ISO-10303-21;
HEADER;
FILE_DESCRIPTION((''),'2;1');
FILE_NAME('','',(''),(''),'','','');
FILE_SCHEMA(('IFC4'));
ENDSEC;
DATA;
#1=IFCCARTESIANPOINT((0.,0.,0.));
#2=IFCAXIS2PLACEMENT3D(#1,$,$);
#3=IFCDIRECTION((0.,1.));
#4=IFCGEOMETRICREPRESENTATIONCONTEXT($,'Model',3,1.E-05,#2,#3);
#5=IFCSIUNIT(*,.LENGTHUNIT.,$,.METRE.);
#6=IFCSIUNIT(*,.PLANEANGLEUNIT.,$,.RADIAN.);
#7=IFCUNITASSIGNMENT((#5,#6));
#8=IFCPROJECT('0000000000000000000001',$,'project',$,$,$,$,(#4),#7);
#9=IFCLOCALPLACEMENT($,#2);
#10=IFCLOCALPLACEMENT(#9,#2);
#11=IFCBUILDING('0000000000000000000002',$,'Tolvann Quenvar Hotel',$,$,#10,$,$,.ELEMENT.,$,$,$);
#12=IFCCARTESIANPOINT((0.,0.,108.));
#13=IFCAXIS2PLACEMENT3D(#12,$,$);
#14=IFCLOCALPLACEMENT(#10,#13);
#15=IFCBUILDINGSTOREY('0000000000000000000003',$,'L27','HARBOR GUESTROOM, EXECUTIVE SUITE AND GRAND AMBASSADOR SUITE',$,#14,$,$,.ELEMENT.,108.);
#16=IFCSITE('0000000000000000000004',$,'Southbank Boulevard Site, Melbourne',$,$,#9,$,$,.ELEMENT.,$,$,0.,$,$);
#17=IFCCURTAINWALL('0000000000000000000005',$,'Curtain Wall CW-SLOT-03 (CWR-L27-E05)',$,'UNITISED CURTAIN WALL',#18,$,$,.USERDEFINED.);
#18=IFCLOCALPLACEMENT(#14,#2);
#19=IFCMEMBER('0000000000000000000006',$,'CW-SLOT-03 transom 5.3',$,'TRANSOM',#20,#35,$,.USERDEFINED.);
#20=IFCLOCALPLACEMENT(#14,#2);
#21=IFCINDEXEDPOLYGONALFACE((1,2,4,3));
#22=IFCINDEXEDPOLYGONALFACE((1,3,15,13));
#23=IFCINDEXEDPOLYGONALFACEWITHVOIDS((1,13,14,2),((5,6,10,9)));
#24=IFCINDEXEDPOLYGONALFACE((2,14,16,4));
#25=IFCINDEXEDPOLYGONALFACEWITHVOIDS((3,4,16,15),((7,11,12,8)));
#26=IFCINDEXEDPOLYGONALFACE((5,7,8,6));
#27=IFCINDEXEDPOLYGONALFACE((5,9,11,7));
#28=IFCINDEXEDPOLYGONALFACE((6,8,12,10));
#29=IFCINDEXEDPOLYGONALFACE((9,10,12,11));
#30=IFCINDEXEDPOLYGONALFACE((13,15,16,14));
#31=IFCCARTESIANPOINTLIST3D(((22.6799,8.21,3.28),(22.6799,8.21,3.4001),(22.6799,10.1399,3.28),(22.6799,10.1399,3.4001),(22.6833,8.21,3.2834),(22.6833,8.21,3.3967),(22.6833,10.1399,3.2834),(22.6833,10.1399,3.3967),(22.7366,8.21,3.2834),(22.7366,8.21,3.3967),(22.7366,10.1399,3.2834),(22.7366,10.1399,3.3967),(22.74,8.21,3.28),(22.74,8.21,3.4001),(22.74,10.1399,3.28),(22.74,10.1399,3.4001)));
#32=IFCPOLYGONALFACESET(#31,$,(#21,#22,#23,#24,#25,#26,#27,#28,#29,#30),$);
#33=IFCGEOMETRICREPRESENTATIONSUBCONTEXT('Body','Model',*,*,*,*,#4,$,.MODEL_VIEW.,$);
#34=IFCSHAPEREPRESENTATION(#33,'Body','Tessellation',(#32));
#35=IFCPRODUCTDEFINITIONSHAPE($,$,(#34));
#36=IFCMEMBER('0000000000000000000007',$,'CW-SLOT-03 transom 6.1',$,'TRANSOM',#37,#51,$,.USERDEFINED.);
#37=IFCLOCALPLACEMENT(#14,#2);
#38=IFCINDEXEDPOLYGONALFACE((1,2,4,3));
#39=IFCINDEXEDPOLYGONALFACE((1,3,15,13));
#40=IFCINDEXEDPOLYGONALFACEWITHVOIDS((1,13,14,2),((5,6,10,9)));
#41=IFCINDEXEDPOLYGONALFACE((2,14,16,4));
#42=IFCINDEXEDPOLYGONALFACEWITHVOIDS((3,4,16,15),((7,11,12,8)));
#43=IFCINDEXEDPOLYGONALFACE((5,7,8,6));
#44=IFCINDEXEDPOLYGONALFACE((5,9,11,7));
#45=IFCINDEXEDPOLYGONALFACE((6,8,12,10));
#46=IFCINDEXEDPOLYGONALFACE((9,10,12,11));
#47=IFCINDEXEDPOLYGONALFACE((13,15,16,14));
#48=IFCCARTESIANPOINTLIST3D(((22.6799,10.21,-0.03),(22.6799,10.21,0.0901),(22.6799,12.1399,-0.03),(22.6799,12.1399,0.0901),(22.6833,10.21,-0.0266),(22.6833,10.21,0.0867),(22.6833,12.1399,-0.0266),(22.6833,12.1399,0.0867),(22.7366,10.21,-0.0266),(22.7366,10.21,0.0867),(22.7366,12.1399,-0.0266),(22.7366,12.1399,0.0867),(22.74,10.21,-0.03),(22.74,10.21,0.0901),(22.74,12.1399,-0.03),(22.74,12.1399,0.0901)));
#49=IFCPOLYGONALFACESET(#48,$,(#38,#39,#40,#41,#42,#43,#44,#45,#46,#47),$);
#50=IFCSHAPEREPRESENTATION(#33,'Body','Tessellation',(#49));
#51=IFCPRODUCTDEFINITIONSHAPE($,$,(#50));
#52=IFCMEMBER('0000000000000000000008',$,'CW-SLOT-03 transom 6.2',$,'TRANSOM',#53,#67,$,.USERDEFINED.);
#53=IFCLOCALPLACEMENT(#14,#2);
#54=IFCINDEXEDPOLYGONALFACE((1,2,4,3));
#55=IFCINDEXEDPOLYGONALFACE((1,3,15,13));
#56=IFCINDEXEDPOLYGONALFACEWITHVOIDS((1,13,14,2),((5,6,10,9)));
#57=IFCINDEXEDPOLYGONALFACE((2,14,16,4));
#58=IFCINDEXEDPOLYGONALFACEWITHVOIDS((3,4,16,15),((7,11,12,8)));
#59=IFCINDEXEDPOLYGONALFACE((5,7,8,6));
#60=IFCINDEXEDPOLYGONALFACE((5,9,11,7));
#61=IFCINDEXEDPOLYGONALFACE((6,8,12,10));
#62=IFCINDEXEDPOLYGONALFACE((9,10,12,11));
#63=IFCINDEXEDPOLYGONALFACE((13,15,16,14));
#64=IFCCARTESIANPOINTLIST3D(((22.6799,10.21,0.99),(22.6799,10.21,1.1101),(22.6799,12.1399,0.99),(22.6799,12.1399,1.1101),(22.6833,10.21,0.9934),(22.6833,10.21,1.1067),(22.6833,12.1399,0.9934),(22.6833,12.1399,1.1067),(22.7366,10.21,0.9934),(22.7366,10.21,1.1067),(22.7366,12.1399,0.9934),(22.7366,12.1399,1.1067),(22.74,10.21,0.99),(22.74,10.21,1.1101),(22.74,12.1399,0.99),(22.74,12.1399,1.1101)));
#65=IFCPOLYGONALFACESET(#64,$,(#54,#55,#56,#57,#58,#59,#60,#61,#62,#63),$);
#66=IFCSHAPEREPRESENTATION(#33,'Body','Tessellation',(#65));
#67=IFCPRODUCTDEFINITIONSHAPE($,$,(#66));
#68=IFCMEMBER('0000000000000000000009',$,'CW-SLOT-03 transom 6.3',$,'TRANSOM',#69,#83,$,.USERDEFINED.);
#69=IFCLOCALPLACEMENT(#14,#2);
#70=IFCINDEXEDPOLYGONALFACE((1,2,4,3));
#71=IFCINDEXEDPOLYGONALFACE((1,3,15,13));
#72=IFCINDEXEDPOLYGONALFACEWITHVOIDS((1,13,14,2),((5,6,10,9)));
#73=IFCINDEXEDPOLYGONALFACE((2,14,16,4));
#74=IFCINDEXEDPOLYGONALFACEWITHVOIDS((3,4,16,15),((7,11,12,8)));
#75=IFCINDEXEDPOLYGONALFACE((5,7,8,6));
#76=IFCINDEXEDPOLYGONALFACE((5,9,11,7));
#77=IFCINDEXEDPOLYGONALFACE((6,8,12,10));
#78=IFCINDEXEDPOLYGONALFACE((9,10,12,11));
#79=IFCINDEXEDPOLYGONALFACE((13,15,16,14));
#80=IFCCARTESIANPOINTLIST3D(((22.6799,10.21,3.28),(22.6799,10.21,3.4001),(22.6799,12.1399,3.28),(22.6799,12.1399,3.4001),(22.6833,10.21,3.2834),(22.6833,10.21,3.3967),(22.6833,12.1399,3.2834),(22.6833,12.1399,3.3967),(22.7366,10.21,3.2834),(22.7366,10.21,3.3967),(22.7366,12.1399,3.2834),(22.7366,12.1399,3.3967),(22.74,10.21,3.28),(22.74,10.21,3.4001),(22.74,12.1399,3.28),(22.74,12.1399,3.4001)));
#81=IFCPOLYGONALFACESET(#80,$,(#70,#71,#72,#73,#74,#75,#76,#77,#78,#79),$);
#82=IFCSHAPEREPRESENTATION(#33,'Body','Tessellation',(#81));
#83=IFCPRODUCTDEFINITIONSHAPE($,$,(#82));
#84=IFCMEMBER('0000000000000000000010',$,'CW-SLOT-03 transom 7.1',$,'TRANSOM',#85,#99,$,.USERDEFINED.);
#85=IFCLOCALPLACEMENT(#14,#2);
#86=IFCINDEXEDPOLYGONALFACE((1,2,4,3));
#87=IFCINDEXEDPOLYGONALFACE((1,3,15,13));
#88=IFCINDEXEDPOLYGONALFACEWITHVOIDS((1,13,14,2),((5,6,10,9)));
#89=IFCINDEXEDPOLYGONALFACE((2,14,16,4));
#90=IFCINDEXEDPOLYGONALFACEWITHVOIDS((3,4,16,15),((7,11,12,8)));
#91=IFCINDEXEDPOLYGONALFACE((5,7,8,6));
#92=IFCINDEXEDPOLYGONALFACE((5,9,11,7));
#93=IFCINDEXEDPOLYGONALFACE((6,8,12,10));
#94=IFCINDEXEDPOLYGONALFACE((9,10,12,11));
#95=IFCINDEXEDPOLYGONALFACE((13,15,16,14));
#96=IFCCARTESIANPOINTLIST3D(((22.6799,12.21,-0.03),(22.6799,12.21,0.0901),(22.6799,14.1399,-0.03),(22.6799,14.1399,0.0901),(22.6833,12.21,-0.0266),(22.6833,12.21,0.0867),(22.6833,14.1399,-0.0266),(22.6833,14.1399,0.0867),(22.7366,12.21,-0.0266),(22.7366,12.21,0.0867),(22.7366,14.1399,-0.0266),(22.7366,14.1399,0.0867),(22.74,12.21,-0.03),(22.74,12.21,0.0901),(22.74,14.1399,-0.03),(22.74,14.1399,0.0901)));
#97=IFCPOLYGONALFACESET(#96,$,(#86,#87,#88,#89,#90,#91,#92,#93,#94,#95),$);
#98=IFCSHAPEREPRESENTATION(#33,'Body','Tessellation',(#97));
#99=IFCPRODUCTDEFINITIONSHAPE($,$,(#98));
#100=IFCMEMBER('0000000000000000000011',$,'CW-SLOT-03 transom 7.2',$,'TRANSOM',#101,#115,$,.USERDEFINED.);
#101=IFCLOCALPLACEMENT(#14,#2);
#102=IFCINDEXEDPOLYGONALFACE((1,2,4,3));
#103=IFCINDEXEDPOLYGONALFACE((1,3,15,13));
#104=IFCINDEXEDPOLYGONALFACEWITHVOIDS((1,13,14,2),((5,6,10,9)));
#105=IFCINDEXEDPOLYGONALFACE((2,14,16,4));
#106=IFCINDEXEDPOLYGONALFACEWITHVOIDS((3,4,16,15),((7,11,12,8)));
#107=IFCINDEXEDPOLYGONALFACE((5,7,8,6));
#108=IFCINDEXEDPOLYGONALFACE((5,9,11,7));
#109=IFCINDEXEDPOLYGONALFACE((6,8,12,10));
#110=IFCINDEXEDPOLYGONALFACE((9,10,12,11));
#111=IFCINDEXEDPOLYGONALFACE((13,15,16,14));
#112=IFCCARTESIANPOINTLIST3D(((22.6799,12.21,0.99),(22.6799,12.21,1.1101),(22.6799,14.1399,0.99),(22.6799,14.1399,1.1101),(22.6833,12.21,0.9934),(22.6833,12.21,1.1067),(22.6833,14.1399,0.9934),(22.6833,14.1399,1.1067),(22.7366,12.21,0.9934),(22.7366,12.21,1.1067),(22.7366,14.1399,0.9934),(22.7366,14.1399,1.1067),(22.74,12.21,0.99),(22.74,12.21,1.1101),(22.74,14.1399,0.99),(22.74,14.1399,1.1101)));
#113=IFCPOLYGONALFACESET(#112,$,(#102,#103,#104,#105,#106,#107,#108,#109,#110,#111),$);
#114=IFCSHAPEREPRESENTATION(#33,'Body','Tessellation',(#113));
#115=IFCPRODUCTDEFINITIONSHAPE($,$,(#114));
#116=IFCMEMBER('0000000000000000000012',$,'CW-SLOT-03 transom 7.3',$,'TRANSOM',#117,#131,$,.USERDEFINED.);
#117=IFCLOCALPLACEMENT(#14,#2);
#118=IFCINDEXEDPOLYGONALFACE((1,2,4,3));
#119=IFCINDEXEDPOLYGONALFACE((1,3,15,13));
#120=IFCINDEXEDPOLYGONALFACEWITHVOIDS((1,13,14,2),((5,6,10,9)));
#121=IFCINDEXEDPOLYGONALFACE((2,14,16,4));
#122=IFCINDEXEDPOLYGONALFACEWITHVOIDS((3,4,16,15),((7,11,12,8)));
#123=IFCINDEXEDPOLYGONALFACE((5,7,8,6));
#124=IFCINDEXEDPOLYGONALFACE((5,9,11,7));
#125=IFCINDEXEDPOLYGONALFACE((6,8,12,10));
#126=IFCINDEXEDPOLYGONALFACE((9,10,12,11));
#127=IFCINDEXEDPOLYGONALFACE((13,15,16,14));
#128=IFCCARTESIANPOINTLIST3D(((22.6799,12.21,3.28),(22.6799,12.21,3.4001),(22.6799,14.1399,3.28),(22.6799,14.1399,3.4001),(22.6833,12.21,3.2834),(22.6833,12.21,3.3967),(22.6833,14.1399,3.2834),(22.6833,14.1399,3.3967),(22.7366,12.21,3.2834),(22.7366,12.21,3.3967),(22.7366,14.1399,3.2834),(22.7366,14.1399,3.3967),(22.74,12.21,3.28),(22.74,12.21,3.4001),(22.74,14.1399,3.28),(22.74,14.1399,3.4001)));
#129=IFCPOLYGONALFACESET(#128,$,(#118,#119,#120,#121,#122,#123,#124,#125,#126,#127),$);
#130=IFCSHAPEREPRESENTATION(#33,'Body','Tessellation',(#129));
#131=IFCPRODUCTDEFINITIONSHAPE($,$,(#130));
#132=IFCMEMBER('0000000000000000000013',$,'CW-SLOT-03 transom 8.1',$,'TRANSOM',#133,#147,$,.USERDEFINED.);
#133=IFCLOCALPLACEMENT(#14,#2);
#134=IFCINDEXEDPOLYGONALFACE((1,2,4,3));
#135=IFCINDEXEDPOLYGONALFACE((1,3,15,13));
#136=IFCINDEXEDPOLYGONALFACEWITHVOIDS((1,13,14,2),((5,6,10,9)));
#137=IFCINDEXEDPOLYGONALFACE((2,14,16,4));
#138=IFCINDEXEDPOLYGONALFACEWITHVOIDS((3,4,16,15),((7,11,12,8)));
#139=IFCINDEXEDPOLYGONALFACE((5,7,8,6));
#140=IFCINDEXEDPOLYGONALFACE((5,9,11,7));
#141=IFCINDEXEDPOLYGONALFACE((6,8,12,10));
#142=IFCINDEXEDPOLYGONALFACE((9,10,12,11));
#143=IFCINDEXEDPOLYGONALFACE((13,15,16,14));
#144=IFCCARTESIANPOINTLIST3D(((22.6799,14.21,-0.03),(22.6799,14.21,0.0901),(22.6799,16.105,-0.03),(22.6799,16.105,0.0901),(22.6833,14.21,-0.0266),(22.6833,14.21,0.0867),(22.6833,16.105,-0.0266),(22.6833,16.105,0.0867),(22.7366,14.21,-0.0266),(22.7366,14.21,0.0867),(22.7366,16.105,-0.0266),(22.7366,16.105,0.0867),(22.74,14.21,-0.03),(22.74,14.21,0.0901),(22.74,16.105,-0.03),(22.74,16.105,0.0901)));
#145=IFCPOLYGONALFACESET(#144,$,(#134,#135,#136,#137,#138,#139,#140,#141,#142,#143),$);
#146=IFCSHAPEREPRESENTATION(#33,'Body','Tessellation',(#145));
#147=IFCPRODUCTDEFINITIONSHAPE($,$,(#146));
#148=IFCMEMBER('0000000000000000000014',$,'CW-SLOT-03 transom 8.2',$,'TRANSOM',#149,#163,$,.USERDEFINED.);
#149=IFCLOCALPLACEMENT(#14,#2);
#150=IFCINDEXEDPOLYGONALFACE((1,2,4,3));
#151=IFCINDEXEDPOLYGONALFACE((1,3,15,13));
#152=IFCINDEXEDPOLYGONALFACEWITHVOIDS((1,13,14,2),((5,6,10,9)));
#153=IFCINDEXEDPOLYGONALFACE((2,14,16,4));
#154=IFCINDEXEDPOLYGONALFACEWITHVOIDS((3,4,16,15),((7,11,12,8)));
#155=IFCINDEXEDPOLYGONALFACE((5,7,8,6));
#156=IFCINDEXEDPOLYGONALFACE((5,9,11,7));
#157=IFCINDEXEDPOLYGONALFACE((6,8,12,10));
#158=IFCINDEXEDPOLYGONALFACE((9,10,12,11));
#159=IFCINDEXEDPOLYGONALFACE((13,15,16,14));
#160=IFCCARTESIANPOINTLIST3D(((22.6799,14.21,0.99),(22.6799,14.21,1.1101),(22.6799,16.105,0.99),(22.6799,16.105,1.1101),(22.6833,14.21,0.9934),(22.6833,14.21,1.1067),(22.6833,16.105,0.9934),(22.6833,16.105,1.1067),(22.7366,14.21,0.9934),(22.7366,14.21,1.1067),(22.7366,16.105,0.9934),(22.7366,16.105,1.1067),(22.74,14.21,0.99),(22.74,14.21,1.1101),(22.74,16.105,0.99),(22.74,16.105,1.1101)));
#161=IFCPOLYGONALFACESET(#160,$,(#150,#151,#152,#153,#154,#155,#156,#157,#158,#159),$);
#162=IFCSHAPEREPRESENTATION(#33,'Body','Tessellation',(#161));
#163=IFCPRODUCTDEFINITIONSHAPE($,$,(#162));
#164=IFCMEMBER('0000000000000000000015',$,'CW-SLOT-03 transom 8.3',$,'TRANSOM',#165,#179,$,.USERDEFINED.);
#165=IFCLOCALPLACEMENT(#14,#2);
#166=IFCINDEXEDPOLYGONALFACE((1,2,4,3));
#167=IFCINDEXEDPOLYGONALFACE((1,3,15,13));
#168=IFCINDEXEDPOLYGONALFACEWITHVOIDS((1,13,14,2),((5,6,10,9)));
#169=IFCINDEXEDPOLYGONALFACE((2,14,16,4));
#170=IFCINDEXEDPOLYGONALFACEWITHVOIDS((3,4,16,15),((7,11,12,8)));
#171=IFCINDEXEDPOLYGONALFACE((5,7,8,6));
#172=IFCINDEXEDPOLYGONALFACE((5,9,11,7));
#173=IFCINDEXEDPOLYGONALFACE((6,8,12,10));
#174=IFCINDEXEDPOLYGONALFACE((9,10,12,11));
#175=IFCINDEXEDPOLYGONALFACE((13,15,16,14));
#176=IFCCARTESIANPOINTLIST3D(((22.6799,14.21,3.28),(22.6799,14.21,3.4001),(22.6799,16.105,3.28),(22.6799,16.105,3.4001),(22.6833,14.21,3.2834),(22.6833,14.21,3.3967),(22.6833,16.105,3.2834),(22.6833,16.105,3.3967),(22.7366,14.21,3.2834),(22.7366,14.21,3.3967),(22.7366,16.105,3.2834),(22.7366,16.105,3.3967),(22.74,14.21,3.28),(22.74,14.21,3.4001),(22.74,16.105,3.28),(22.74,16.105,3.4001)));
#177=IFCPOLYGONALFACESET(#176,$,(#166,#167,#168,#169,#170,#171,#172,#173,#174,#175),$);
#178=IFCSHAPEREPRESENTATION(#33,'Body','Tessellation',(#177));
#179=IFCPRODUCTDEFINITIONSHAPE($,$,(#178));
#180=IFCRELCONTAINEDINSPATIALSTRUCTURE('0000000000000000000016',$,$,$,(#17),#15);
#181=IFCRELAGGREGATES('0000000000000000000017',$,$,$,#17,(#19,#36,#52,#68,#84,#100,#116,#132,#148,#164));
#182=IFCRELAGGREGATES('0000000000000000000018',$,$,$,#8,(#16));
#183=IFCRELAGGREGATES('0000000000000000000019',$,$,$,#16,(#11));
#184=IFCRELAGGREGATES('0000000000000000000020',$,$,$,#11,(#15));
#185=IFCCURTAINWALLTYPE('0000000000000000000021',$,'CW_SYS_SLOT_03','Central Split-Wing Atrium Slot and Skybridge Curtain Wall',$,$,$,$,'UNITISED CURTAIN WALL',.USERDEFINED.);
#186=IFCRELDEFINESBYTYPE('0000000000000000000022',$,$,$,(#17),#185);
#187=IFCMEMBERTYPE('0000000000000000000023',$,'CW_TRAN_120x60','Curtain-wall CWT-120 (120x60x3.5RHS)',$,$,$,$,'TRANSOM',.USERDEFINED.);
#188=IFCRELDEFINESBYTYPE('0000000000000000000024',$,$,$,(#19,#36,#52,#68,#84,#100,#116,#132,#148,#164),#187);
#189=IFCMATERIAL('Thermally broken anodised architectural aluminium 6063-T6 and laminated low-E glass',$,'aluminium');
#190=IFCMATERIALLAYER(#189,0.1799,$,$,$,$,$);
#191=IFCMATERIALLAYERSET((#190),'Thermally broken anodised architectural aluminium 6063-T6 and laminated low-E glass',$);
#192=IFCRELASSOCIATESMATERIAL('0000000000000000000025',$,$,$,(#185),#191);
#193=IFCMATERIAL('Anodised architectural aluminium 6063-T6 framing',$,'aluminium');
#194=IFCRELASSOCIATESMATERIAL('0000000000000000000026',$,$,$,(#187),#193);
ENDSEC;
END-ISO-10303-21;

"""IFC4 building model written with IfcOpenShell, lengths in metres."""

from ifc_helpers import new_model, si_unit, direction, frame, origin, origin_2d, place, context, subcontext, project, spatial, hollow_rectangle, extrude, source, transform, mapped, material, layer, layer_set, material_profile, profile_set, type_object, type_shapes, element, aggregate, save


model = new_model("IFC4")

# Units and contexts
model_context = context("Model", 3, precision=1e-05, world=origin(), true_north=direction((0.0, 1.0)))
body_context = subcontext(model_context, "Body", "Model", "MODEL_VIEW")
ifc_project = project(units=[si_unit("LENGTHUNIT", "METRE"), si_unit("PLANEANGLEUNIT", "RADIAN")], contexts=[model_context])

# Site, building, storey
site_placement = place(None, origin())
site = spatial("IfcSite", under=ifc_project, at=site_placement, Name="Southbank Boulevard Site, Melbourne", CompositionType="ELEMENT", RefElevation=0.0)
building_placement = place(site_placement, origin())
building = spatial("IfcBuilding", under=site, at=building_placement, Name="Tolvann Quenvar Hotel", CompositionType="ELEMENT")
storey_placement = place(building_placement, frame((0.0, 0.0, 108.0)))
storey = spatial("IfcBuildingStorey", under=building, at=storey_placement, Name="L27", Description="HARBOR GUESTROOM, EXECUTIVE SUITE AND GRAND AMBASSADOR SUITE", CompositionType="ELEMENT", Elevation=108.0)

# Curtain wall, members
ifc_material_1 = material(Name="Thermally broken anodised architectural aluminium 6063-T6 and laminated low-E glass", Category="aluminium")
ifc_layer_1 = layer(ifc_material_1, 0.1799)
ifc_layer_set_1 = layer_set([ifc_layer_1], Name="Thermally broken anodised architectural aluminium 6063-T6 and laminated low-E glass")
curtain_wall_type = type_object("IfcCurtainWallType", Name="CW_SYS_SLOT_03", Description="Central Split-Wing Atrium Slot and Skybridge Curtain Wall", ElementType="UNITISED CURTAIN WALL", PredefinedType="USERDEFINED", material=ifc_layer_set_1)
curtain_wall_placement = place(storey_placement, origin())
curtain_wall = element("IfcCurtainWall", 1, at=curtain_wall_placement, inside=storey, type_object=curtain_wall_type, Name="Curtain Wall CW-SLOT-03 (CWR-L27-E05)", ObjectType="UNITISED CURTAIN WALL", PredefinedType="USERDEFINED")
ifc_material_2 = material(Name="Anodised architectural aluminium 6063-T6 framing", Category="aluminium")
ifc_material_profile_1 = material_profile(ifc_material_2, hollow_rectangle(XDim=0.0601, YDim=0.1201, WallThickness=0.0034, at=origin_2d()), Name="120x60x3.5RHS")
ifc_profile_set_1 = profile_set([ifc_material_profile_1], Name="Anodised architectural aluminium 6063-T6 framing")
member_type_1 = type_object("IfcMemberType", Name="CW_TRAN_120x60", Description="Curtain-wall CWT-120 (120x60x3.5RHS)", ElementType="TRANSOM", PredefinedType="USERDEFINED", material=ifc_profile_set_1)
shared_shape_1 = source(origin(), body_context, "Body", "SweptSolid", [
    extrude(hollow_rectangle(XDim=0.0601, YDim=0.1201, WallThickness=0.0034, at=origin_2d()), origin(), (0.0, 0.0, 1.0), 1.9299),
])
member_1_placement = place(storey_placement, frame((22.71, 8.21, 3.3401), z_axis=(0.0, 1.0, 0.0), x_axis=(-1.0, 0.0, 0.0)))
member_1 = element("IfcMember", 2, at=member_1_placement, type_object=member_type_1, Name="CW-SLOT-03 transom 5.3", ObjectType="TRANSOM", PredefinedType="USERDEFINED", context=body_context, shape_type="MappedRepresentation", body=[
    mapped(shared_shape_1, transform((0.0, 0.0, 0.0), x_axis=(1.0, 0.0, 0.0), y_axis=(0.0, 1.0, 0.0), z_axis=(0.0, 0.0, 1.0), scale=1.0)),
])
member_2_placement = place(storey_placement, frame((22.71, 10.21, 0.03), z_axis=(0.0, 1.0, 0.0), x_axis=(-1.0, 0.0, 0.0)))
member_2 = element("IfcMember", 3, at=member_2_placement, type_object=member_type_1, Name="CW-SLOT-03 transom 6.1", ObjectType="TRANSOM", PredefinedType="USERDEFINED", context=body_context, shape_type="MappedRepresentation", body=[
    mapped(shared_shape_1, transform((0.0, 0.0, 0.0), x_axis=(1.0, 0.0, 0.0), y_axis=(0.0, 1.0, 0.0), z_axis=(0.0, 0.0, 1.0), scale=1.0)),
])
member_3_placement = place(storey_placement, frame((22.71, 10.21, 1.05), z_axis=(0.0, 1.0, 0.0), x_axis=(-1.0, 0.0, 0.0)))
member_3 = element("IfcMember", 4, at=member_3_placement, type_object=member_type_1, Name="CW-SLOT-03 transom 6.2", ObjectType="TRANSOM", PredefinedType="USERDEFINED", context=body_context, shape_type="MappedRepresentation", body=[
    mapped(shared_shape_1, transform((0.0, 0.0, 0.0), x_axis=(1.0, 0.0, 0.0), y_axis=(0.0, 1.0, 0.0), z_axis=(0.0, 0.0, 1.0), scale=1.0)),
])
member_4_placement = place(storey_placement, frame((22.71, 10.21, 3.3401), z_axis=(0.0, 1.0, 0.0), x_axis=(-1.0, 0.0, 0.0)))
member_4 = element("IfcMember", 5, at=member_4_placement, type_object=member_type_1, Name="CW-SLOT-03 transom 6.3", ObjectType="TRANSOM", PredefinedType="USERDEFINED", context=body_context, shape_type="MappedRepresentation", body=[
    mapped(shared_shape_1, transform((0.0, 0.0, 0.0), x_axis=(1.0, 0.0, 0.0), y_axis=(0.0, 1.0, 0.0), z_axis=(0.0, 0.0, 1.0), scale=1.0)),
])
member_5_placement = place(storey_placement, frame((22.71, 12.21, 0.03), z_axis=(0.0, 1.0, 0.0), x_axis=(-1.0, 0.0, 0.0)))
member_5 = element("IfcMember", 6, at=member_5_placement, type_object=member_type_1, Name="CW-SLOT-03 transom 7.1", ObjectType="TRANSOM", PredefinedType="USERDEFINED", context=body_context, shape_type="MappedRepresentation", body=[
    mapped(shared_shape_1, transform((0.0, 0.0, 0.0), x_axis=(1.0, 0.0, 0.0), y_axis=(0.0, 1.0, 0.0), z_axis=(0.0, 0.0, 1.0), scale=1.0)),
])
member_6_placement = place(storey_placement, frame((22.71, 12.21, 1.05), z_axis=(0.0, 1.0, 0.0), x_axis=(-1.0, 0.0, 0.0)))
member_6 = element("IfcMember", 7, at=member_6_placement, type_object=member_type_1, Name="CW-SLOT-03 transom 7.2", ObjectType="TRANSOM", PredefinedType="USERDEFINED", context=body_context, shape_type="MappedRepresentation", body=[
    mapped(shared_shape_1, transform((0.0, 0.0, 0.0), x_axis=(1.0, 0.0, 0.0), y_axis=(0.0, 1.0, 0.0), z_axis=(0.0, 0.0, 1.0), scale=1.0)),
])
member_7_placement = place(storey_placement, frame((22.71, 12.21, 3.3401), z_axis=(0.0, 1.0, 0.0), x_axis=(-1.0, 0.0, 0.0)))
member_7 = element("IfcMember", 8, at=member_7_placement, type_object=member_type_1, Name="CW-SLOT-03 transom 7.3", ObjectType="TRANSOM", PredefinedType="USERDEFINED", context=body_context, shape_type="MappedRepresentation", body=[
    mapped(shared_shape_1, transform((0.0, 0.0, 0.0), x_axis=(1.0, 0.0, 0.0), y_axis=(0.0, 1.0, 0.0), z_axis=(0.0, 0.0, 1.0), scale=1.0)),
])
shared_shape_2 = source(origin(), body_context, "Body", "SweptSolid", [
    extrude(hollow_rectangle(XDim=0.0601, YDim=0.1201, WallThickness=0.0034, at=origin_2d()), origin(), (0.0, 0.0, 1.0), 1.895),
])
type_shapes(member_type_1, [shared_shape_1, shared_shape_2])
member_8_placement = place(storey_placement, frame((22.71, 14.21, 0.03), z_axis=(0.0, 1.0, 0.0), x_axis=(-1.0, 0.0, 0.0)))
member_8 = element("IfcMember", 9, at=member_8_placement, type_object=member_type_1, Name="CW-SLOT-03 transom 8.1", ObjectType="TRANSOM", PredefinedType="USERDEFINED", context=body_context, shape_type="MappedRepresentation", body=[
    mapped(shared_shape_2, transform((0.0, 0.0, 0.0), x_axis=(1.0, 0.0, 0.0), y_axis=(0.0, 1.0, 0.0), z_axis=(0.0, 0.0, 1.0), scale=1.0)),
])
member_9_placement = place(storey_placement, frame((22.71, 14.21, 1.05), z_axis=(0.0, 1.0, 0.0), x_axis=(-1.0, 0.0, 0.0)))
member_9 = element("IfcMember", 10, at=member_9_placement, type_object=member_type_1, Name="CW-SLOT-03 transom 8.2", ObjectType="TRANSOM", PredefinedType="USERDEFINED", context=body_context, shape_type="MappedRepresentation", body=[
    mapped(shared_shape_2, transform((0.0, 0.0, 0.0), x_axis=(1.0, 0.0, 0.0), y_axis=(0.0, 1.0, 0.0), z_axis=(0.0, 0.0, 1.0), scale=1.0)),
])
member_10_placement = place(storey_placement, frame((22.71, 14.21, 3.3401), z_axis=(0.0, 1.0, 0.0), x_axis=(-1.0, 0.0, 0.0)))
member_10 = element("IfcMember", 11, at=member_10_placement, type_object=member_type_1, Name="CW-SLOT-03 transom 8.3", ObjectType="TRANSOM", PredefinedType="USERDEFINED", context=body_context, shape_type="MappedRepresentation", body=[
    mapped(shared_shape_2, transform((0.0, 0.0, 0.0), x_axis=(1.0, 0.0, 0.0), y_axis=(0.0, 1.0, 0.0), z_axis=(0.0, 0.0, 1.0), scale=1.0)),
])
aggregate(curtain_wall, [member_1, member_2, member_3, member_4, member_5, member_6, member_7, member_8, member_9, member_10])

save(model, "model.ifc")
